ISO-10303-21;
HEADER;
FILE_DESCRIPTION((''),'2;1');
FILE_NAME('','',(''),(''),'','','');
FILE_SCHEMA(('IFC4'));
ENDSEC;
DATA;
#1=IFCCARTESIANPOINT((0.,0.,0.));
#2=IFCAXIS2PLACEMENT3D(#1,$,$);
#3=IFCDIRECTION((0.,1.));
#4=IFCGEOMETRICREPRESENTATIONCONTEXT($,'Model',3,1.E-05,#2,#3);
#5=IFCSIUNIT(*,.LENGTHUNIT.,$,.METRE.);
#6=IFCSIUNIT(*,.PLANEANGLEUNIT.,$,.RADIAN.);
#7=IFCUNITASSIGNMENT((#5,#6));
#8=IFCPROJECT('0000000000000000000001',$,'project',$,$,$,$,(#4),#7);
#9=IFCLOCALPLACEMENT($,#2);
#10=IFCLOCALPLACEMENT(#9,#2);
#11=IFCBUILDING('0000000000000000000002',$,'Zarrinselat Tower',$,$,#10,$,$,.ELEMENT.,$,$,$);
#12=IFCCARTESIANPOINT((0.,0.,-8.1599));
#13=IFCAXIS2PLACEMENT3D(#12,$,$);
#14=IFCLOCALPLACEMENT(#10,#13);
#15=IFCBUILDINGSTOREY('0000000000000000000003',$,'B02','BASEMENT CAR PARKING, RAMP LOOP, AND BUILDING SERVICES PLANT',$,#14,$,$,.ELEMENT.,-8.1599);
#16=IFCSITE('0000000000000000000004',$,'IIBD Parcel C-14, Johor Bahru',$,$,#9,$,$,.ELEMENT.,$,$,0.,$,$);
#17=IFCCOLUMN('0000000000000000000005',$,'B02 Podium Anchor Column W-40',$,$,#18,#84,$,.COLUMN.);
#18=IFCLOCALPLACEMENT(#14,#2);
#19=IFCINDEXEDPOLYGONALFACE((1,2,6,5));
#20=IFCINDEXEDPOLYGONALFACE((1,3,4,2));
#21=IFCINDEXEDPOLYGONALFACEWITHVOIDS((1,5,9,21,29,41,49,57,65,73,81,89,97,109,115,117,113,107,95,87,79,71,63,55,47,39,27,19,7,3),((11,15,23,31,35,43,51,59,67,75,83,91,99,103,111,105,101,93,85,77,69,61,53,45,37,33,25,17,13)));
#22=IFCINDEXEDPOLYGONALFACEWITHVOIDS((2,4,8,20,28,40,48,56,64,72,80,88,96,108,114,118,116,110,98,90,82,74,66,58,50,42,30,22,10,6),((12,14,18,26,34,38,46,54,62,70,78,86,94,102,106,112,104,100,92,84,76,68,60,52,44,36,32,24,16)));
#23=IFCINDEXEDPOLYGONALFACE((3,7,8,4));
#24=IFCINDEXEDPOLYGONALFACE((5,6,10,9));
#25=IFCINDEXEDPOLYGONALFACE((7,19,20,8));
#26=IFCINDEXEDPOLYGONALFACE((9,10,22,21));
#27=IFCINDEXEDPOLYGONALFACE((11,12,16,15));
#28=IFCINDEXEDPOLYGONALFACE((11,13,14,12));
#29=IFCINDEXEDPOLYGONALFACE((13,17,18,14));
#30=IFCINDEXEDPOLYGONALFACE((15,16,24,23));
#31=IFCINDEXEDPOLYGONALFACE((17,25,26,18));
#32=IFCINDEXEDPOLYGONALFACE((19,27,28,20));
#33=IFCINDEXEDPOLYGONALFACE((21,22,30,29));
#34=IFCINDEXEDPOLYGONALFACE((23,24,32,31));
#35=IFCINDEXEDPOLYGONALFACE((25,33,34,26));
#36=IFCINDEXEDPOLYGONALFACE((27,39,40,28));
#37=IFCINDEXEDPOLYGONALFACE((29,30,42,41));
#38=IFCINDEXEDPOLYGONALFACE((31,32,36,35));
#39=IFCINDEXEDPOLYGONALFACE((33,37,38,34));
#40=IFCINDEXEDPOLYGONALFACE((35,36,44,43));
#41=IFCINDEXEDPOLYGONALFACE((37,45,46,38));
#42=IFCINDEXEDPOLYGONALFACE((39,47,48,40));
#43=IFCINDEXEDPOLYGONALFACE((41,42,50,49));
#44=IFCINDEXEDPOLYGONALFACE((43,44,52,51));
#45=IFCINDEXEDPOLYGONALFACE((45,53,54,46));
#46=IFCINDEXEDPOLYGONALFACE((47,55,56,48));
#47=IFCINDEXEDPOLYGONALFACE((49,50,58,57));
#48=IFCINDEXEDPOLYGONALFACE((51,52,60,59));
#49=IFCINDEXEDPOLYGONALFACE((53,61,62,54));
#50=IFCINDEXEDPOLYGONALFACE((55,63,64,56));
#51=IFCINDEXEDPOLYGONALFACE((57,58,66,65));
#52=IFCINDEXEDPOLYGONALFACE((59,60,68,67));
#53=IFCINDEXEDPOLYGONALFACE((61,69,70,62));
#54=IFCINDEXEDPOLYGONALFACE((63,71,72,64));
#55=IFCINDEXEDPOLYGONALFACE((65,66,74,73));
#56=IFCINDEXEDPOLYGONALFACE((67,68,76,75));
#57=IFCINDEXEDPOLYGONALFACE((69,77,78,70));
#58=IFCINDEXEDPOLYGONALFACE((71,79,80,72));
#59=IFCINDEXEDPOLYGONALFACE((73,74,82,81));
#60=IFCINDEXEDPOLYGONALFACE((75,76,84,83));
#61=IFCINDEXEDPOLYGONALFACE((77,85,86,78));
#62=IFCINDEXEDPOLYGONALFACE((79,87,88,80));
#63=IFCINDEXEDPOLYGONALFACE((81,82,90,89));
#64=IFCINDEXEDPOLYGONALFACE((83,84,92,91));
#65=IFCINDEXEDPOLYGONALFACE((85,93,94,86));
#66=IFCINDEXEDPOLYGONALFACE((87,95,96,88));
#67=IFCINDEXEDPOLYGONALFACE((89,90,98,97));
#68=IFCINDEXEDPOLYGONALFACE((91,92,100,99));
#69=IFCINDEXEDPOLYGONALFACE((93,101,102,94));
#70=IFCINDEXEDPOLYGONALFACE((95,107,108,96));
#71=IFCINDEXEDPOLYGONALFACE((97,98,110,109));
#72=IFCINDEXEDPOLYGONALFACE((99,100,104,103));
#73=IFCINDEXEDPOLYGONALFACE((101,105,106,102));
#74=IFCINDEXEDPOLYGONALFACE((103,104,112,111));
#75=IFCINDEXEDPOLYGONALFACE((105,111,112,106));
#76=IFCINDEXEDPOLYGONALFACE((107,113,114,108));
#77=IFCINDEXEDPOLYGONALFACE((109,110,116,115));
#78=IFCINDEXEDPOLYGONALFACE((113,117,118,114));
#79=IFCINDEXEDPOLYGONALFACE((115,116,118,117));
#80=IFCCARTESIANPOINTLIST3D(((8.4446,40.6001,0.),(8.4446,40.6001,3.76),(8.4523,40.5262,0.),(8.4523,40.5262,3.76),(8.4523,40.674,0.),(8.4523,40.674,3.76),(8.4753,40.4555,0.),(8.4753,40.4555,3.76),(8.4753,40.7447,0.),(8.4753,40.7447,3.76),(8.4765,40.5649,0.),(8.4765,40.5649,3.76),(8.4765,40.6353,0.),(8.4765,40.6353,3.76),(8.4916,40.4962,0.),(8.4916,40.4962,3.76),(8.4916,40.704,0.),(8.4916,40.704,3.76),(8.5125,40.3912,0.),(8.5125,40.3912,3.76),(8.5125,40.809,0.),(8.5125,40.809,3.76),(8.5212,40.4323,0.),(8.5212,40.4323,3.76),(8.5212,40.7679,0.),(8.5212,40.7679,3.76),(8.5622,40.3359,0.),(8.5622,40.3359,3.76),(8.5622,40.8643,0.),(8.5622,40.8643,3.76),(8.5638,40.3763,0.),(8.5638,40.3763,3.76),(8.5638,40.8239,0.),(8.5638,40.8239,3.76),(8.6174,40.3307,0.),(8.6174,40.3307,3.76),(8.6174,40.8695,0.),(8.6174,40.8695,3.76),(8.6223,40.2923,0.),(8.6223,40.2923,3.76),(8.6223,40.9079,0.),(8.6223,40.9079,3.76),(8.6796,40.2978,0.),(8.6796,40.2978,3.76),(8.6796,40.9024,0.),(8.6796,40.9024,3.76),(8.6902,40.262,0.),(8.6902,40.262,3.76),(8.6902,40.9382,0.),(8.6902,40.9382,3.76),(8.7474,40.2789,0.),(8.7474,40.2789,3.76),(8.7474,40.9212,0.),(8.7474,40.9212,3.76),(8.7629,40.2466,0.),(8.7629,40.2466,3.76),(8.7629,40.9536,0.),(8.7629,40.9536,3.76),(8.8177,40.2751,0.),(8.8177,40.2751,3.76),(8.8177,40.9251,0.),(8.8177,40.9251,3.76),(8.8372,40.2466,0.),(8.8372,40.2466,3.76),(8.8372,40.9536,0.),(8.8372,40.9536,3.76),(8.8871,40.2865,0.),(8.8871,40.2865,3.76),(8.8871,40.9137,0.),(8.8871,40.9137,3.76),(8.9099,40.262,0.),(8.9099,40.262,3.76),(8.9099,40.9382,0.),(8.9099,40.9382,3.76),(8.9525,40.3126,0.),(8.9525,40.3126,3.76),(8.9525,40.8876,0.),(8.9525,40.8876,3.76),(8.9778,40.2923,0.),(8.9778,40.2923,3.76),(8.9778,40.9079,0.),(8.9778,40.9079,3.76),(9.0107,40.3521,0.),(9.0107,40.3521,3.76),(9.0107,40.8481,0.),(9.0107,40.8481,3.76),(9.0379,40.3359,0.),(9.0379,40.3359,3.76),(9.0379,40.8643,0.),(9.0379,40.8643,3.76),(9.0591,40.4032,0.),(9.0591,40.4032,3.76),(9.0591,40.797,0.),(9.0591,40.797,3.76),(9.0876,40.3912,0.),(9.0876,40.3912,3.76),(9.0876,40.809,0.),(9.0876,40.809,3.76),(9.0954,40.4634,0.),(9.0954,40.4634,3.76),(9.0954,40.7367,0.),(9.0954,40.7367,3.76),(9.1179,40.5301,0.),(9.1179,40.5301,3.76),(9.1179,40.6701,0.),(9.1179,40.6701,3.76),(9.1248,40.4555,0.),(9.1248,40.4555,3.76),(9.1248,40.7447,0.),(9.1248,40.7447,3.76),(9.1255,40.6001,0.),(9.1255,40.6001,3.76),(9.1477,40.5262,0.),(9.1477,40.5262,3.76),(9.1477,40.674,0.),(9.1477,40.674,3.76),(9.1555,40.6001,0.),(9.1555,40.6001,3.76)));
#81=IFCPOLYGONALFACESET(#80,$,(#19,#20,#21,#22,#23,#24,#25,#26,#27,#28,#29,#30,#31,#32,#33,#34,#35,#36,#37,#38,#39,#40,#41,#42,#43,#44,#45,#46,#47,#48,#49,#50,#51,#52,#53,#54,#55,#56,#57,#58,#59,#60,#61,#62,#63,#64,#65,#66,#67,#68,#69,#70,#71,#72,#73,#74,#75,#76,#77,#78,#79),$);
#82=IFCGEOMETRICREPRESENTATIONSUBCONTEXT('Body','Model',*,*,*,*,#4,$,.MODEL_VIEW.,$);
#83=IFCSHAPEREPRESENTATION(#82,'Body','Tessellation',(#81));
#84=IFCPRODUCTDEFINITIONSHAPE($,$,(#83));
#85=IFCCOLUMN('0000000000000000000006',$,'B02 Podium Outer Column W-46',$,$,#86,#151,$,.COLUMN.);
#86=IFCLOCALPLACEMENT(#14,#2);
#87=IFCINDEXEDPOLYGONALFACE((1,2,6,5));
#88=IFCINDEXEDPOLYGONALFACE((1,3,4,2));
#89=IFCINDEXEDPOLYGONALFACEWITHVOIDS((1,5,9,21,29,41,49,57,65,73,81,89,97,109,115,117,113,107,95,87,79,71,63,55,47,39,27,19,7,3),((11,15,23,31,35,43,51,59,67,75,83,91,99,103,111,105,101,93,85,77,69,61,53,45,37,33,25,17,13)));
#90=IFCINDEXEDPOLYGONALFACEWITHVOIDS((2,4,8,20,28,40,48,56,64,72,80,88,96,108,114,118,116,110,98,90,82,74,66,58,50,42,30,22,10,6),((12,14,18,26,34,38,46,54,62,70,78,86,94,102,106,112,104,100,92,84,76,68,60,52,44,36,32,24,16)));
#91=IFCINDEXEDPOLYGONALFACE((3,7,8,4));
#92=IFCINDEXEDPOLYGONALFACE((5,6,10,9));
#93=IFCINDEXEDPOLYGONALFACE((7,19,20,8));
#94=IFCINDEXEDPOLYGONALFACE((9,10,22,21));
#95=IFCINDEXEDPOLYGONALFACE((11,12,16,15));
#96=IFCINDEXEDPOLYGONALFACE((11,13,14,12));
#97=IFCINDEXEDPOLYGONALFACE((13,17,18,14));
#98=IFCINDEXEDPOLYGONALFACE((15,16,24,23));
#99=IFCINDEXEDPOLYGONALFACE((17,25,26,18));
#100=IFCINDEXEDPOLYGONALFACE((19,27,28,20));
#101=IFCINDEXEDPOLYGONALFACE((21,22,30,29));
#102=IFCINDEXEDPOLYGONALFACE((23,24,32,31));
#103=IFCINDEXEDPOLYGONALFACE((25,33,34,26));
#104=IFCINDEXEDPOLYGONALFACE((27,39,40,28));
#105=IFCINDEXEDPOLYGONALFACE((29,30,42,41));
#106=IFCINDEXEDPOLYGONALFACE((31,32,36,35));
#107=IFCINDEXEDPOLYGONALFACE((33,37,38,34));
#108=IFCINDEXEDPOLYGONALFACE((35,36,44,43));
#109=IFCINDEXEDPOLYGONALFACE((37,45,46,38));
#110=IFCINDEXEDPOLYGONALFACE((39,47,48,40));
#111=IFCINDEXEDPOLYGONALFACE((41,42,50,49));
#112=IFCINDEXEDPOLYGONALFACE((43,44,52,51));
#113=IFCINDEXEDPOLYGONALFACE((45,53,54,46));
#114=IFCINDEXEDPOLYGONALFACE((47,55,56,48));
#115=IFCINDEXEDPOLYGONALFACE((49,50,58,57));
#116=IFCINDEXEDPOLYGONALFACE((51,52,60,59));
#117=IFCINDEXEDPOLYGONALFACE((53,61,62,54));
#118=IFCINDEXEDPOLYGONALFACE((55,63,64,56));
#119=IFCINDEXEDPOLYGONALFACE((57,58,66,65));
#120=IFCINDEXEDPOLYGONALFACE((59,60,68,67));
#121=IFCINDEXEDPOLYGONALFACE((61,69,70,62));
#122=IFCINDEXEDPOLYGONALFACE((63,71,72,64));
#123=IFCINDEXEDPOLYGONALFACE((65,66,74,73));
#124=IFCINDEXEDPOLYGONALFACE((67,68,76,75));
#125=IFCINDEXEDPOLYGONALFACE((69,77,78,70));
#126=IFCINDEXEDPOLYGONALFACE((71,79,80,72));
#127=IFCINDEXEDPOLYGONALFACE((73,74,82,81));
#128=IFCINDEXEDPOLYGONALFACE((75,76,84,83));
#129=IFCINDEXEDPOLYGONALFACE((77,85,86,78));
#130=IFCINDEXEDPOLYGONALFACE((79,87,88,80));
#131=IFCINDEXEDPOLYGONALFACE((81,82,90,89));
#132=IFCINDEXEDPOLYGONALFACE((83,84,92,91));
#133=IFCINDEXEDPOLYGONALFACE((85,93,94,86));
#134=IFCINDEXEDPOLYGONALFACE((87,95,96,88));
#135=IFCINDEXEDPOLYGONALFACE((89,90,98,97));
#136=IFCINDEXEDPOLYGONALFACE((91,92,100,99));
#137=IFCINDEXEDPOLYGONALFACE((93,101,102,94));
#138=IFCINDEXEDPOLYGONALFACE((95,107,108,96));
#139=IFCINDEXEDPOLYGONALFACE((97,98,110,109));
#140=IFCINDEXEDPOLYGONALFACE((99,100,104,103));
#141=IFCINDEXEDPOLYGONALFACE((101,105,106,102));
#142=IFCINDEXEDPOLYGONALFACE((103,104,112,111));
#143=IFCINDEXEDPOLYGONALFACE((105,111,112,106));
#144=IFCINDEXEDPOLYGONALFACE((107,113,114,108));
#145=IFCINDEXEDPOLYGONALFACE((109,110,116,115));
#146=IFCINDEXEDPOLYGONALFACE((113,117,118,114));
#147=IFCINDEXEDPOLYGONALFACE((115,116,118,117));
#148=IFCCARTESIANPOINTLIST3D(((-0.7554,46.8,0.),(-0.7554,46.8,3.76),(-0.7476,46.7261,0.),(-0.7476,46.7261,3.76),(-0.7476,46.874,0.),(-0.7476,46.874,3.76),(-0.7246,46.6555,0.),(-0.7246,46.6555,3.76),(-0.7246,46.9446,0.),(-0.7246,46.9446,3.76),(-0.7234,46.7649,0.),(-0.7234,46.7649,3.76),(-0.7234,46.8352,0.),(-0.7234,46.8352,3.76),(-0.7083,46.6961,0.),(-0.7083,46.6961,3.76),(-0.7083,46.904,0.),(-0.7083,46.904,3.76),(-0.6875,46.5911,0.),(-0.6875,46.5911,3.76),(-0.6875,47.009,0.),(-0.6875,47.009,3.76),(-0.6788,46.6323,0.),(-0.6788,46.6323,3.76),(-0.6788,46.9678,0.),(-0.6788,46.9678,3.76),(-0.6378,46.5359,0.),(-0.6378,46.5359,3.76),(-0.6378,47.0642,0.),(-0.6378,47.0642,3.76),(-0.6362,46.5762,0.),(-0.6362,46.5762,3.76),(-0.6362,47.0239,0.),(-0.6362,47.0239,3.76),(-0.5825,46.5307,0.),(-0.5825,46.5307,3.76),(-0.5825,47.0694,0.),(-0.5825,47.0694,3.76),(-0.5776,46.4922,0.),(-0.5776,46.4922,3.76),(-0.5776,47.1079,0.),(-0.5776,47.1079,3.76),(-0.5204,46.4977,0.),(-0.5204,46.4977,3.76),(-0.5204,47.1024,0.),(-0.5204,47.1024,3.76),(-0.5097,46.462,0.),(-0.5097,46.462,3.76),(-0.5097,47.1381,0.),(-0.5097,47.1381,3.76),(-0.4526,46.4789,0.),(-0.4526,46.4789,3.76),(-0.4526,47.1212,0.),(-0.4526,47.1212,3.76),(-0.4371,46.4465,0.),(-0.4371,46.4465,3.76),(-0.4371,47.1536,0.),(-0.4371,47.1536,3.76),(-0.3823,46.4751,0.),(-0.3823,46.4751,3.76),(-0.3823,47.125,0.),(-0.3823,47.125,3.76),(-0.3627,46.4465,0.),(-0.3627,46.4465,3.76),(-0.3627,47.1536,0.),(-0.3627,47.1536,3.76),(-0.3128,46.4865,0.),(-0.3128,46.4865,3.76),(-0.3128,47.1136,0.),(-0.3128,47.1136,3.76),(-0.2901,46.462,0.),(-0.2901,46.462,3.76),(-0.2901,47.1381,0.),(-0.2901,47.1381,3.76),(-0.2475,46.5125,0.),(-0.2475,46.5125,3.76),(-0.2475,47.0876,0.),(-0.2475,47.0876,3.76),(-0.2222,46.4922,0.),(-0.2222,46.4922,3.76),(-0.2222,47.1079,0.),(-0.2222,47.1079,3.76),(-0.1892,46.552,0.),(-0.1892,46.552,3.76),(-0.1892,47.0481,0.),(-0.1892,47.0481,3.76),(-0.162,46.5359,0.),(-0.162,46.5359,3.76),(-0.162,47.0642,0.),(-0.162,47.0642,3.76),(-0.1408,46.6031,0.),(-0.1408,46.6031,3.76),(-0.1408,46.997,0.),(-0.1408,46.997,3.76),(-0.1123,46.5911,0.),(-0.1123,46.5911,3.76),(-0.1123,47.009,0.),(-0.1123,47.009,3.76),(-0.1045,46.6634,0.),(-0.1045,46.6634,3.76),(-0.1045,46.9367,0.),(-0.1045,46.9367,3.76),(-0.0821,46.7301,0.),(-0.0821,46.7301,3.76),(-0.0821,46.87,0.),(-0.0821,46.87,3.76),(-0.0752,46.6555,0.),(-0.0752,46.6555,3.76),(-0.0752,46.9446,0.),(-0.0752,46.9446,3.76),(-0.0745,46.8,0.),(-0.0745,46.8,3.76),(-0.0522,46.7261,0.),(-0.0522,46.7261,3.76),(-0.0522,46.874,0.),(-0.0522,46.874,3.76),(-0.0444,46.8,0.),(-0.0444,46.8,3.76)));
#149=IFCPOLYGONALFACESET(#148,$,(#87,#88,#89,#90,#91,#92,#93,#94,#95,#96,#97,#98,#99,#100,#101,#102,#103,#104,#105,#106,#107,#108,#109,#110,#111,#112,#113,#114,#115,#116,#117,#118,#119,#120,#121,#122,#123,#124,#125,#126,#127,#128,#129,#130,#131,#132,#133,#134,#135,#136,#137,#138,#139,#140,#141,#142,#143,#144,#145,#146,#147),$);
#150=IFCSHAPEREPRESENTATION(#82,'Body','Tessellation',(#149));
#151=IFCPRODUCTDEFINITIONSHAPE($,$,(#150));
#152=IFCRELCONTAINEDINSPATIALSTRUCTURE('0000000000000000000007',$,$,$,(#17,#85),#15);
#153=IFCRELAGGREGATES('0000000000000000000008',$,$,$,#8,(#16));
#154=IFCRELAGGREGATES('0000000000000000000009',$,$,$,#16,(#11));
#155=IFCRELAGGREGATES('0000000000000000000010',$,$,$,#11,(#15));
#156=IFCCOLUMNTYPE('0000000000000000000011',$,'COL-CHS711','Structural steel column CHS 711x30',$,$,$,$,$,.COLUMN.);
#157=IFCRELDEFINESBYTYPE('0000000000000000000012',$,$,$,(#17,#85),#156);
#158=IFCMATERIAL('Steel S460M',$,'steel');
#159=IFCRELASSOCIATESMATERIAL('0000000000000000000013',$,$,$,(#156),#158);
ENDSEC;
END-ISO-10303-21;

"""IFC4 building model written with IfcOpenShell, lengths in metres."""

from ifc_helpers import new_model, si_unit, direction, frame, origin, origin_2d, place, context, subcontext, project, spatial, hollow_circle, extrude, material, material_profile, profile_set, type_object, element, save


model = new_model("IFC4")

# Units and contexts
model_context = context("Model", 3, precision=1e-05, world=origin(), true_north=direction((0.0, 1.0)))
body_context = subcontext(model_context, "Body", "Model", "MODEL_VIEW")
ifc_project = project(units=[si_unit("LENGTHUNIT", "METRE"), si_unit("PLANEANGLEUNIT", "RADIAN")], contexts=[model_context])

# Site, building, storey
site_placement = place(None, origin())
site = spatial("IfcSite", under=ifc_project, at=site_placement, Name="IIBD Parcel C-14, Johor Bahru", CompositionType="ELEMENT", RefElevation=0.0)
building_placement = place(site_placement, origin())
building = spatial("IfcBuilding", under=site, at=building_placement, Name="Zarrinselat Tower", CompositionType="ELEMENT")
storey_placement = place(building_placement, frame((0.0, 0.0, -8.1599)))
storey = spatial("IfcBuildingStorey", under=building, at=storey_placement, Name="B02", Description="BASEMENT CAR PARKING, RAMP LOOP, AND BUILDING SERVICES PLANT", CompositionType="ELEMENT", Elevation=-8.1599)

# Columns
ifc_material_1 = material(Name="Steel S460M", Category="steel")
ifc_material_profile_1 = material_profile(ifc_material_1, hollow_circle(Radius=0.3555, WallThickness=0.03, at=origin_2d()), Name="CHS 711x30")
ifc_profile_set_1 = profile_set([ifc_material_profile_1], Name="Steel S460M")
column_type_1 = type_object("IfcColumnType", Name="COL-CHS711", Description="Structural steel column CHS 711x30", PredefinedType="COLUMN", material=ifc_profile_set_1)
for number, where, z_axis, x_axis, name in (
    (1, (8.8, 40.6001, 0.0), (0.0, 0.0, 1.0), (1.0, 0.0, 0.0), "B02 Podium Anchor Column W-40"),
    (2, (-0.3999, 46.8, 0.0), (0.0, 0.0, 1.0), (1.0, 0.0, 0.0), "B02 Podium Outer Column W-46"),
):
    element("IfcColumn", number, at=place(storey_placement, frame(where, z_axis=z_axis, x_axis=x_axis)), inside=storey, type_object=column_type_1, Name=name, PredefinedType="COLUMN", context=body_context, shape_type="SweptSolid", body=[
        extrude(hollow_circle(Radius=0.3555, WallThickness=0.03, at=origin_2d()), origin(), (0.0, 0.0, 1.0), 3.76),
    ])

save(model, "model.ifc")
